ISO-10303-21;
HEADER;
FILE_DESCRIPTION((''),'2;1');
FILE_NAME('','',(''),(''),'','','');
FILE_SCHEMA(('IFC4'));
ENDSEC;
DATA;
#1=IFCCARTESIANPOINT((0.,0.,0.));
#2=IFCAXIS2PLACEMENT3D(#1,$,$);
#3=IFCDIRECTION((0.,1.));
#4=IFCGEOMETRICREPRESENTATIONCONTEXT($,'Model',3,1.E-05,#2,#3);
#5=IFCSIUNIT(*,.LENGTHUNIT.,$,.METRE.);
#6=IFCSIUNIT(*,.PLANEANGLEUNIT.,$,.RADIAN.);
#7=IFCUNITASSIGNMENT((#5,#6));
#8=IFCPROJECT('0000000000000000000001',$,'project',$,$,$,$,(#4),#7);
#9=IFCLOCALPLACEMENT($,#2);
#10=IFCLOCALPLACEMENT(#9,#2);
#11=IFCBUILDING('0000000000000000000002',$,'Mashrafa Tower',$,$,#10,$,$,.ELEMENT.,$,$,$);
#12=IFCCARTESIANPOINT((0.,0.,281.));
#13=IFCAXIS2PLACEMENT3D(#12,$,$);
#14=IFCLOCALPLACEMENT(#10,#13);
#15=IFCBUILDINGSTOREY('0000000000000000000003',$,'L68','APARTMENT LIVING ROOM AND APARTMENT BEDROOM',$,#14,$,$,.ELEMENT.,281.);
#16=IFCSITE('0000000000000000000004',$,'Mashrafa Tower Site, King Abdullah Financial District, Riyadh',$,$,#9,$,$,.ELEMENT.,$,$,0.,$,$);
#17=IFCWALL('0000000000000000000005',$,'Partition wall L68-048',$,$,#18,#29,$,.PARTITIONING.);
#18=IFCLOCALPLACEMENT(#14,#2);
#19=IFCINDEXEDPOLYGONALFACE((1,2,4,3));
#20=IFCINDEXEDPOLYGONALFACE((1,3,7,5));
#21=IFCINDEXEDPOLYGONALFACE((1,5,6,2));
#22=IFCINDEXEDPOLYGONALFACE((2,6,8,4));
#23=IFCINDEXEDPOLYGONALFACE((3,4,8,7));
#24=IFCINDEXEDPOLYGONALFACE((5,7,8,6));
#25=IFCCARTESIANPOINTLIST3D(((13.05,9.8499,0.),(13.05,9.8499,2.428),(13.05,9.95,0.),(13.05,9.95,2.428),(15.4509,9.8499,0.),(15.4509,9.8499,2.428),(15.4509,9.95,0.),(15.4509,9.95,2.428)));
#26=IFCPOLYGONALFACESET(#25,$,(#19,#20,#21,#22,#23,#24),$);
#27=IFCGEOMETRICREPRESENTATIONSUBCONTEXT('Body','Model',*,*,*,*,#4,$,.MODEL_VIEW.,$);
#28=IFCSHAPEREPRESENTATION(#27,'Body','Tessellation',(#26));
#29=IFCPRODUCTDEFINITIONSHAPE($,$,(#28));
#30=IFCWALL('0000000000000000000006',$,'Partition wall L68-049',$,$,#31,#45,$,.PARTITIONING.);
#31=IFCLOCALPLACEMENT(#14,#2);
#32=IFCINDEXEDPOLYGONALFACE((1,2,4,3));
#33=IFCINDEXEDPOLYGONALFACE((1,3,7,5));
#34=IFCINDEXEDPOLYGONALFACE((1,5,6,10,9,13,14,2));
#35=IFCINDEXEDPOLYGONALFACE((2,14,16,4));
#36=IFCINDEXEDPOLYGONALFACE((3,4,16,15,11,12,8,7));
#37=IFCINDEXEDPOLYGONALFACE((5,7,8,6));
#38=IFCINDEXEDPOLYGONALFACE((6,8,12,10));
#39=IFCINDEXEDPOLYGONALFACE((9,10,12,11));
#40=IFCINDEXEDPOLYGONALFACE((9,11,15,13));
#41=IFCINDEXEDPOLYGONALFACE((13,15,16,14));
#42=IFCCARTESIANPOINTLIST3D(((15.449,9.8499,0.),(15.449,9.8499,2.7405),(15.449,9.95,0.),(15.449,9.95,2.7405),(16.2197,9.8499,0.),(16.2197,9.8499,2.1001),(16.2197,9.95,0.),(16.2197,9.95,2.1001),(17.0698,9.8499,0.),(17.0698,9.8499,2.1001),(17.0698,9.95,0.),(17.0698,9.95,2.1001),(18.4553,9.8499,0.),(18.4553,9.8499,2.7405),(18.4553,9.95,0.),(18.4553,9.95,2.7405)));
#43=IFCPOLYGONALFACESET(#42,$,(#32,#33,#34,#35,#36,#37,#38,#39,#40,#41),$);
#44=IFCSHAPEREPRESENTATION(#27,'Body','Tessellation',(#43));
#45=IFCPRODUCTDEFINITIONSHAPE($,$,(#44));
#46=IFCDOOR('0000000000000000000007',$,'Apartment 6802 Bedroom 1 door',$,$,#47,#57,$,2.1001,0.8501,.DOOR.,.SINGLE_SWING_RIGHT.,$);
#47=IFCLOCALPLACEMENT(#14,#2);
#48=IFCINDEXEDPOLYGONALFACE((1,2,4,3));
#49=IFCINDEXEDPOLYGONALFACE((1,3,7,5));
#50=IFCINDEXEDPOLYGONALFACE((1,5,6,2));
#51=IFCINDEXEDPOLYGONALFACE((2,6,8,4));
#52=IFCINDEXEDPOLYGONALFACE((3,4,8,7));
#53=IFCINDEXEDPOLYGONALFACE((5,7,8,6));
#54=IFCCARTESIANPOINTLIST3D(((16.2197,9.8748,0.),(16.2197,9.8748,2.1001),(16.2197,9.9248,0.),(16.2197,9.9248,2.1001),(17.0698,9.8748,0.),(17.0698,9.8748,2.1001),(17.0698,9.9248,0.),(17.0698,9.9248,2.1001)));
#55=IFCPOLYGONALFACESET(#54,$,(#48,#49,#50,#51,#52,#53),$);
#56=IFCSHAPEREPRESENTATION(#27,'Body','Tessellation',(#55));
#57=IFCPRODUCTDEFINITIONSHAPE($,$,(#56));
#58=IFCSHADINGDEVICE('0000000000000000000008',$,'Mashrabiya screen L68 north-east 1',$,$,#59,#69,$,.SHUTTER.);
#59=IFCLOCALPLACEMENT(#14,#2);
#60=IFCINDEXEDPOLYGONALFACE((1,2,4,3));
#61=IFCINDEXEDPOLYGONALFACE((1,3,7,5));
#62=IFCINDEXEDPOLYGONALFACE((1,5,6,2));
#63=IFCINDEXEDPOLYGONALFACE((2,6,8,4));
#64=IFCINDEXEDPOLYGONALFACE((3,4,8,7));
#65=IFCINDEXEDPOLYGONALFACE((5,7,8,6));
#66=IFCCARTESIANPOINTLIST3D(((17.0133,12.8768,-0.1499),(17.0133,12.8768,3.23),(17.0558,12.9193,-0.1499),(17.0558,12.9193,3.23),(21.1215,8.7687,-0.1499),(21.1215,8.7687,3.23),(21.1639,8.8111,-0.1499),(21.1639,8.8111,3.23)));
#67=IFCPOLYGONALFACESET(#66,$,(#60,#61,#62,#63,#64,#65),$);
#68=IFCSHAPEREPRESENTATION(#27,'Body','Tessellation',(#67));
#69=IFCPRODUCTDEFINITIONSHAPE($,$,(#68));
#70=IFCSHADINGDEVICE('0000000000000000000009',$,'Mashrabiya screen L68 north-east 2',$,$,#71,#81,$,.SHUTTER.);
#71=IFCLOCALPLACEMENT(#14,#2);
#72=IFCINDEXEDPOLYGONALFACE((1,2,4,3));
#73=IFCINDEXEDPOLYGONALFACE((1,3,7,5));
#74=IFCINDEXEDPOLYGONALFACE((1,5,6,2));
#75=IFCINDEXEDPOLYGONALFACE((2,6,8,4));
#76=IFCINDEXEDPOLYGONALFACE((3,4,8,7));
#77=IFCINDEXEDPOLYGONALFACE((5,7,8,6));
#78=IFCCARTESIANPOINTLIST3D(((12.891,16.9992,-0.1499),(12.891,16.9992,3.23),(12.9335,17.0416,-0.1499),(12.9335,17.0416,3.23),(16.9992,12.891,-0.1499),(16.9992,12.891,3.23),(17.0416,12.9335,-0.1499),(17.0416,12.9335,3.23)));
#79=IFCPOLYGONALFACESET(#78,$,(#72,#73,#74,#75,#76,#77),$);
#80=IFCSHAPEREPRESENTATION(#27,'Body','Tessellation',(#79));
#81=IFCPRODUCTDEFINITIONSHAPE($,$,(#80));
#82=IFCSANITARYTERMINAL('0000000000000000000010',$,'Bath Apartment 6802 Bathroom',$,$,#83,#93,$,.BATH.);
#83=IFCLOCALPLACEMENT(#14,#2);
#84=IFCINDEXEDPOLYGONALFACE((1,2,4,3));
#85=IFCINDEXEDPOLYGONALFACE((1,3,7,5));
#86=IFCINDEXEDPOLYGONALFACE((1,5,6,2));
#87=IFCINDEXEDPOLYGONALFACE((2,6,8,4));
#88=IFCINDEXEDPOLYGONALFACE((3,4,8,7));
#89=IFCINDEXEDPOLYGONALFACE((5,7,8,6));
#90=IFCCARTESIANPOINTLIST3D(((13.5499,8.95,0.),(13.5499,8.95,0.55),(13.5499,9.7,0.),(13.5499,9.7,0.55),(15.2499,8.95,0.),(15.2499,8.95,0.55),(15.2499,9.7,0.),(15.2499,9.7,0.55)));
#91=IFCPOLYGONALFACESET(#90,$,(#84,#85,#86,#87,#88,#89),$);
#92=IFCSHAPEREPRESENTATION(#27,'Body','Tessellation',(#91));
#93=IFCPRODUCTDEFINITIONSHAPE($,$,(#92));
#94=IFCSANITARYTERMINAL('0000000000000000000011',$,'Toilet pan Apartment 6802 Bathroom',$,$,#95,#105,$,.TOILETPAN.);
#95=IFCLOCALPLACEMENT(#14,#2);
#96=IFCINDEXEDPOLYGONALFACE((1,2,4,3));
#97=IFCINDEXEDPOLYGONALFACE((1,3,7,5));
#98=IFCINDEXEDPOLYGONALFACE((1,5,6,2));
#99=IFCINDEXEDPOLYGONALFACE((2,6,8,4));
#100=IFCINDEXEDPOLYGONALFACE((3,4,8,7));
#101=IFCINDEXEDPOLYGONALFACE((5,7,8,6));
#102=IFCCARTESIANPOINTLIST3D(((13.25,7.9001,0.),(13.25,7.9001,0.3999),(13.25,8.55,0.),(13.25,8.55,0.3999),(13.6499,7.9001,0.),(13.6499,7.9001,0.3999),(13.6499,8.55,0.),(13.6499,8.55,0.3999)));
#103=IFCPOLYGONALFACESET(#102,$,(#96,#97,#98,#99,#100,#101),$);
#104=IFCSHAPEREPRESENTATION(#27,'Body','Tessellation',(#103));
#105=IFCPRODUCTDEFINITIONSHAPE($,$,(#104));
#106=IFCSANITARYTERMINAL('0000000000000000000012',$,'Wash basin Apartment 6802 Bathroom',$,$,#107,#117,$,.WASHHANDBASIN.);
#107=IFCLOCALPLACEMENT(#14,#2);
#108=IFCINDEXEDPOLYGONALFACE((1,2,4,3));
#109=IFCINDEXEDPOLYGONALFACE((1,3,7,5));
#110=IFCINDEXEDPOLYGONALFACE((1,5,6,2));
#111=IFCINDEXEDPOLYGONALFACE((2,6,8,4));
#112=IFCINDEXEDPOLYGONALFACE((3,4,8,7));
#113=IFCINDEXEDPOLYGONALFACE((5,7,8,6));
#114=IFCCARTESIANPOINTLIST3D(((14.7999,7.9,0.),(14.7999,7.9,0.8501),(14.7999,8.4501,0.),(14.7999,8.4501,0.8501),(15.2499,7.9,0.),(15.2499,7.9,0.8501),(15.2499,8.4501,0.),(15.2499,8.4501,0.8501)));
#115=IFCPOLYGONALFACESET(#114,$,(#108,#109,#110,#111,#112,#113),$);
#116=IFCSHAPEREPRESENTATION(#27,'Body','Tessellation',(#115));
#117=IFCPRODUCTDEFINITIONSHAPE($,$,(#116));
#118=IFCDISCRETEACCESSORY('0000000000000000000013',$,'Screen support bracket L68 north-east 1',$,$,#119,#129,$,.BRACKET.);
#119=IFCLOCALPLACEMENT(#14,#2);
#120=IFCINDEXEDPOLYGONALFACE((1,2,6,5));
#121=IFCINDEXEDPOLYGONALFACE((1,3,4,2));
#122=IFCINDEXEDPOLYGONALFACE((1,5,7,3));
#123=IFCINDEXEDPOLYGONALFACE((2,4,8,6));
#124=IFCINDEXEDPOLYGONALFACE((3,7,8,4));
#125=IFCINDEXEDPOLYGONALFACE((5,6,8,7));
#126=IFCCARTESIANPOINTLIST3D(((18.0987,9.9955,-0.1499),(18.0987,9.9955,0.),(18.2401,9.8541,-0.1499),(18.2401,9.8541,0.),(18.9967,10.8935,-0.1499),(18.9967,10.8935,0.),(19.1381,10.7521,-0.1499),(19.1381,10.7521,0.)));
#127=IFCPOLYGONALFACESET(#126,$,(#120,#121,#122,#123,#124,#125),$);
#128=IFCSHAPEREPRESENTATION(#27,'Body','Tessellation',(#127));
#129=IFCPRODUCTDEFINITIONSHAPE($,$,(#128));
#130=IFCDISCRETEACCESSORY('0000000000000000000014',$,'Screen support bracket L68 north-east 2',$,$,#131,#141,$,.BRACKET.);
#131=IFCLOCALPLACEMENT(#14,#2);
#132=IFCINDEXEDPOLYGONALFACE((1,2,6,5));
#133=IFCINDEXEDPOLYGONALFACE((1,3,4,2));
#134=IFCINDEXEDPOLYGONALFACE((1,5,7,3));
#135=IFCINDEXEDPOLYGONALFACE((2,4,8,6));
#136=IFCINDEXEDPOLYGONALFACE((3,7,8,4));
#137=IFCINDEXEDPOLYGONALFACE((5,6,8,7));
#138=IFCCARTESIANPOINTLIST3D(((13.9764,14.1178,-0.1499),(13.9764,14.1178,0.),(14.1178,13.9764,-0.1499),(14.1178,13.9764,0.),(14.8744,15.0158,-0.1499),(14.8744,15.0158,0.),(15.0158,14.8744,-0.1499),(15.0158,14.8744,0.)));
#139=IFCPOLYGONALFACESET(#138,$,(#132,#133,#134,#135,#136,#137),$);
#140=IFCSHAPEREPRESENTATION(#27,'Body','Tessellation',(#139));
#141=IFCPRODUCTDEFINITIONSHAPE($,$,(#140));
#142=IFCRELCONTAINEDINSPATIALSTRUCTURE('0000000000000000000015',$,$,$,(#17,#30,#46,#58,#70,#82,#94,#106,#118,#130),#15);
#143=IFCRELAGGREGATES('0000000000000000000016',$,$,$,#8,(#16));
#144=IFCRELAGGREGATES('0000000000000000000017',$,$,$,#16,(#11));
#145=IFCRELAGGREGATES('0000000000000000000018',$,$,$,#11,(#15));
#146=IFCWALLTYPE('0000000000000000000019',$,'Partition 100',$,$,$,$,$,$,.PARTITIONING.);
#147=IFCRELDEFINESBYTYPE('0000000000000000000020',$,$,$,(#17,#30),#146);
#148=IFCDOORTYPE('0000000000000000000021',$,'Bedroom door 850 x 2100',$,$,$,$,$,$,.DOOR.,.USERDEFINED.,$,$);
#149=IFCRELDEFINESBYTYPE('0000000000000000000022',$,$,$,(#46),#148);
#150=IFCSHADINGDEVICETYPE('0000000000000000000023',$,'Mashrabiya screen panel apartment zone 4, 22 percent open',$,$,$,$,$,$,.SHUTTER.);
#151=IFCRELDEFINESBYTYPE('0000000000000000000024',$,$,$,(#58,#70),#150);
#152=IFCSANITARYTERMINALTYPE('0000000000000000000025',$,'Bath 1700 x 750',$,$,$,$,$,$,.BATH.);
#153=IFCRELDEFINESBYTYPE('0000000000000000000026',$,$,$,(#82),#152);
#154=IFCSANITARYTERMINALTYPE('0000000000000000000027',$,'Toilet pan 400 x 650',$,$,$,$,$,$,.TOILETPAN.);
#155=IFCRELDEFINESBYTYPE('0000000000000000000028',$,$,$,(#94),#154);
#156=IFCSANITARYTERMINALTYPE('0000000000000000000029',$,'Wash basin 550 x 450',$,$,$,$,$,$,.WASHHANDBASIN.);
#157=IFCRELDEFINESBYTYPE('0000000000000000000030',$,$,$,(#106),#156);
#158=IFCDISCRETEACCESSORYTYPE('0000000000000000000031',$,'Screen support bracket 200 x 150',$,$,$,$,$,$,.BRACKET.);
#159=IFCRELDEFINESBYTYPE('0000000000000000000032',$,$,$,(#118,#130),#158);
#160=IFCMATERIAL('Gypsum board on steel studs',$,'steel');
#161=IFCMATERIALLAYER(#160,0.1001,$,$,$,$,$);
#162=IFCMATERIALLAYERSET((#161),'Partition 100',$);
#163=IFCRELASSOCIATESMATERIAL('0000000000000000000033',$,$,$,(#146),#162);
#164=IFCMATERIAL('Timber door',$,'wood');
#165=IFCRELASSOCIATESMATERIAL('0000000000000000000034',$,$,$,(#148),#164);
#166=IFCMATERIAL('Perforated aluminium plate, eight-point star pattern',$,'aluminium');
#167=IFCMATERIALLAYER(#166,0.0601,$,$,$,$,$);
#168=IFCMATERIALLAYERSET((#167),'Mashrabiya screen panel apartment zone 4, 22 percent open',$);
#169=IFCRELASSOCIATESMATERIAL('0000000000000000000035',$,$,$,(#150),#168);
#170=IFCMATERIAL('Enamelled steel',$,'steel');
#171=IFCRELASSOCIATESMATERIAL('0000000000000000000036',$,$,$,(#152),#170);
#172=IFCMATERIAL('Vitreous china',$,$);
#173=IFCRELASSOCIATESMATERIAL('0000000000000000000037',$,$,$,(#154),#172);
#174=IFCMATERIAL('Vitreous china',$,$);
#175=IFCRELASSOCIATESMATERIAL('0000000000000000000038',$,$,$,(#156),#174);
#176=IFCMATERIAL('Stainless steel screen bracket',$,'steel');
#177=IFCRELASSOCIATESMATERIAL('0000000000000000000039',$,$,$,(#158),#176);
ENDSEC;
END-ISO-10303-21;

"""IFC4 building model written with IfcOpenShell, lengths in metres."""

from ifc_helpers import new_model, si_unit, direction, frame, frame_2d, origin, origin_2d, place, context, subcontext, project, spatial, rectangle, extrude, source, transform, mapped, material, layer, layer_set, type_object, type_shapes, element, fill, save


model = new_model("IFC4")

# Units and contexts
model_context = context("Model", 3, precision=1e-05, world=origin(), true_north=direction((0.0, 1.0)))
body_context = subcontext(model_context, "Body", "Model", "MODEL_VIEW")
ifc_project = project(units=[si_unit("LENGTHUNIT", "METRE"), si_unit("PLANEANGLEUNIT", "RADIAN")], contexts=[model_context])

# Site, building, storey
site_placement = place(None, origin())
site = spatial("IfcSite", under=ifc_project, at=site_placement, Name="Mashrafa Tower Site, King Abdullah Financial District, Riyadh", CompositionType="ELEMENT", RefElevation=0.0)
building_placement = place(site_placement, origin())
building = spatial("IfcBuilding", under=site, at=building_placement, Name="Mashrafa Tower", CompositionType="ELEMENT")
storey_placement = place(building_placement, frame((0.0, 0.0, 281.0)))
storey = spatial("IfcBuildingStorey", under=building, at=storey_placement, Name="L68", Description="APARTMENT LIVING ROOM AND APARTMENT BEDROOM", CompositionType="ELEMENT", Elevation=281.0)

# Wall
ifc_material_1 = material(Name="Gypsum board on steel studs", Category="steel")
ifc_layer_1 = layer(ifc_material_1, 0.1001)
ifc_layer_set_1 = layer_set([ifc_layer_1], Name="Partition 100")
wall_type_1 = type_object("IfcWallType", Name="Partition 100", PredefinedType="PARTITIONING", material=ifc_layer_set_1)
wall_1_placement = place(storey_placement, frame((13.05, 9.8999, 0.0), z_axis=(0.0, 0.0, 1.0), x_axis=(1.0, 0.0, 0.0)))
element("IfcWall", 1, at=wall_1_placement, inside=storey, type_object=wall_type_1, Name="Partition wall L68-048", PredefinedType="PARTITIONING", context=body_context, shape_type="SweptSolid", body=[
    extrude(rectangle(XDim=2.4009, YDim=0.1001, at=frame_2d((1.2004, 0.0))), origin(), (0.0, 0.0, 1.0), 2.428),
])

# Wall, opening, door
wall_2_placement = place(storey_placement, frame((15.449, 9.8999, 0.0), z_axis=(0.0, 0.0, 1.0), x_axis=(1.0, 0.0, 0.0)))
wall_2 = element("IfcWall", 2, at=wall_2_placement, inside=storey, type_object=wall_type_1, Name="Partition wall L68-049", PredefinedType="PARTITIONING", context=body_context, shape_type="SweptSolid", body=[
    extrude(rectangle(XDim=3.0063, YDim=0.1001, at=frame_2d((1.5032, 0.0))), origin(), (0.0, 0.0, 1.0), 2.7405),
])
opening_placement = place(wall_2_placement, frame((0.7708, 0.0, 0.0)))
opening = element("IfcOpeningElement", 3, at=opening_placement, cuts=wall_2, PredefinedType="OPENING", context=body_context, shape_type="SweptSolid", body=[
    extrude(rectangle(XDim=0.8501, YDim=2.1001, at=frame_2d((0.425, 1.05))), frame((0.0, 0.0601, 0.0), z_axis=(0.0, -1.0, 0.0), x_axis=(1.0, 0.0, 0.0)), (0.0, 0.0, 1.0), 0.1201),
])
ifc_material_2 = material(Name="Timber door", Category="wood")
door_type = type_object("IfcDoorType", Name="Bedroom door 850 x 2100", OperationType="USERDEFINED", PredefinedType="DOOR", material=ifc_material_2)
door_placement = place(opening_placement, origin())
door = element("IfcDoor", 4, at=door_placement, inside=storey, type_object=door_type, Name="Apartment 6802 Bedroom 1 door", OperationType="SINGLE_SWING_RIGHT", OverallHeight=2.1001, OverallWidth=0.8501, PredefinedType="DOOR", context=body_context, shape_type="SweptSolid", body=[
    extrude(rectangle(XDim=0.8501, YDim=2.1001, at=frame_2d((0.425, 1.05))), frame((0.0, 0.0249, 0.0), z_axis=(0.0, -1.0, 0.0), x_axis=(1.0, 0.0, 0.0)), (0.0, 0.0, 1.0), 0.05),
])
fill(opening, door)

# Shading devices
ifc_material_3 = material(Name="Perforated aluminium plate, eight-point star pattern", Category="aluminium")
ifc_layer_2 = layer(ifc_material_3, 0.0601)
ifc_layer_set_2 = layer_set([ifc_layer_2], Name="Mashrabiya screen panel apartment zone 4, 22 percent open")
shading_device_type = type_object("IfcShadingDeviceType", Name="Mashrabiya screen panel apartment zone 4, 22 percent open", PredefinedType="SHUTTER", material=ifc_layer_set_2)
shared_shape_1 = source(origin(), body_context, "Body", "SweptSolid", [
    extrude(rectangle(XDim=5.8098, YDim=0.0601, at=origin_2d()), origin(), (0.0, 0.0, 1.0), 3.3799),
])
type_shapes(shading_device_type, [shared_shape_1])
for number, where, z_axis, x_axis, name in (
    (5, (19.0886, 10.844, -0.1499), (0.0, 0.0, 1.0), (-0.707107, 0.707107, 0.0), "Mashrabiya screen L68 north-east 1"),
    (6, (14.9663, 14.9663, -0.1499), (0.0, 0.0, 1.0), (-0.707107, 0.707107, 0.0), "Mashrabiya screen L68 north-east 2"),
):
    element("IfcShadingDevice", number, at=place(storey_placement, frame(where, z_axis=z_axis, x_axis=x_axis)), inside=storey, type_object=shading_device_type, Name=name, PredefinedType="SHUTTER", context=body_context, shape_type="MappedRepresentation", body=[
        mapped(shared_shape_1, transform((0.0, 0.0, 0.0))),
    ])

# Sanitary terminals
ifc_material_4 = material(Name="Enamelled steel", Category="steel")
sanitary_terminal_type_1 = type_object("IfcSanitaryTerminalType", Name="Bath 1700 x 750", PredefinedType="BATH", material=ifc_material_4)
sanitary_terminal_1_placement = place(storey_placement, frame((14.3999, 9.325, 0.0), z_axis=(0.0, 0.0, 1.0), x_axis=(-1.0, 0.0, 0.0)))
element("IfcSanitaryTerminal", 7, at=sanitary_terminal_1_placement, inside=storey, type_object=sanitary_terminal_type_1, Name="Bath Apartment 6802 Bathroom", PredefinedType="BATH", context=body_context, shape_type="SweptSolid", body=[
    extrude(rectangle(XDim=1.7, YDim=0.75, at=origin_2d()), origin(), (0.0, 0.0, 1.0), 0.55),
])
ifc_material_5 = material(Name="Vitreous china")
sanitary_terminal_type_2 = type_object("IfcSanitaryTerminalType", Name="Toilet pan 400 x 650", PredefinedType="TOILETPAN", material=ifc_material_5)
sanitary_terminal_2_placement = place(storey_placement, frame((13.45, 8.2251, 0.0), z_axis=(0.0, 0.0, 1.0), x_axis=(1.0, 0.0, 0.0)))
element("IfcSanitaryTerminal", 8, at=sanitary_terminal_2_placement, inside=storey, type_object=sanitary_terminal_type_2, Name="Toilet pan Apartment 6802 Bathroom", PredefinedType="TOILETPAN", context=body_context, shape_type="SweptSolid", body=[
    extrude(rectangle(XDim=0.3999, YDim=0.6499, at=origin_2d()), origin(), (0.0, 0.0, 1.0), 0.3999),
])
ifc_material_6 = material(Name="Vitreous china")
sanitary_terminal_type_3 = type_object("IfcSanitaryTerminalType", Name="Wash basin 550 x 450", PredefinedType="WASHHANDBASIN", material=ifc_material_6)
sanitary_terminal_3_placement = place(storey_placement, frame((15.0249, 8.175, 0.0), z_axis=(0.0, 0.0, 1.0), x_axis=(0.0, 1.0, 0.0)))
element("IfcSanitaryTerminal", 9, at=sanitary_terminal_3_placement, inside=storey, type_object=sanitary_terminal_type_3, Name="Wash basin Apartment 6802 Bathroom", PredefinedType="WASHHANDBASIN", context=body_context, shape_type="SweptSolid", body=[
    extrude(rectangle(XDim=0.55, YDim=0.45, at=origin_2d()), origin(), (0.0, 0.0, 1.0), 0.8501),
])

# Discrete accessories
ifc_material_7 = material(Name="Stainless steel screen bracket", Category="steel")
discrete_accessory_type = type_object("IfcDiscreteAccessoryType", Name="Screen support bracket 200 x 150", PredefinedType="BRACKET", material=ifc_material_7)
shared_shape_2 = source(origin(), body_context, "Body", "SweptSolid", [
    extrude(rectangle(XDim=0.2, YDim=1.27, at=origin_2d()), origin(), (0.0, 0.0, 1.0), 0.1499),
])
type_shapes(discrete_accessory_type, [shared_shape_2])
for number, where, z_axis, x_axis, name in (
    (10, (18.6184, 10.3738, -0.1499), (0.0, 0.0, 1.0), (-0.707107, 0.707107, 0.0), "Screen support bracket L68 north-east 1"),
    (11, (14.4961, 14.4961, -0.1499), (0.0, 0.0, 1.0), (-0.707107, 0.707107, 0.0), "Screen support bracket L68 north-east 2"),
):
    element("IfcDiscreteAccessory", number, at=place(storey_placement, frame(where, z_axis=z_axis, x_axis=x_axis)), inside=storey, type_object=discrete_accessory_type, Name=name, PredefinedType="BRACKET", context=body_context, shape_type="MappedRepresentation", body=[
        mapped(shared_shape_2, transform((0.0, 0.0, 0.0))),
    ])

save(model, "model.ifc")
